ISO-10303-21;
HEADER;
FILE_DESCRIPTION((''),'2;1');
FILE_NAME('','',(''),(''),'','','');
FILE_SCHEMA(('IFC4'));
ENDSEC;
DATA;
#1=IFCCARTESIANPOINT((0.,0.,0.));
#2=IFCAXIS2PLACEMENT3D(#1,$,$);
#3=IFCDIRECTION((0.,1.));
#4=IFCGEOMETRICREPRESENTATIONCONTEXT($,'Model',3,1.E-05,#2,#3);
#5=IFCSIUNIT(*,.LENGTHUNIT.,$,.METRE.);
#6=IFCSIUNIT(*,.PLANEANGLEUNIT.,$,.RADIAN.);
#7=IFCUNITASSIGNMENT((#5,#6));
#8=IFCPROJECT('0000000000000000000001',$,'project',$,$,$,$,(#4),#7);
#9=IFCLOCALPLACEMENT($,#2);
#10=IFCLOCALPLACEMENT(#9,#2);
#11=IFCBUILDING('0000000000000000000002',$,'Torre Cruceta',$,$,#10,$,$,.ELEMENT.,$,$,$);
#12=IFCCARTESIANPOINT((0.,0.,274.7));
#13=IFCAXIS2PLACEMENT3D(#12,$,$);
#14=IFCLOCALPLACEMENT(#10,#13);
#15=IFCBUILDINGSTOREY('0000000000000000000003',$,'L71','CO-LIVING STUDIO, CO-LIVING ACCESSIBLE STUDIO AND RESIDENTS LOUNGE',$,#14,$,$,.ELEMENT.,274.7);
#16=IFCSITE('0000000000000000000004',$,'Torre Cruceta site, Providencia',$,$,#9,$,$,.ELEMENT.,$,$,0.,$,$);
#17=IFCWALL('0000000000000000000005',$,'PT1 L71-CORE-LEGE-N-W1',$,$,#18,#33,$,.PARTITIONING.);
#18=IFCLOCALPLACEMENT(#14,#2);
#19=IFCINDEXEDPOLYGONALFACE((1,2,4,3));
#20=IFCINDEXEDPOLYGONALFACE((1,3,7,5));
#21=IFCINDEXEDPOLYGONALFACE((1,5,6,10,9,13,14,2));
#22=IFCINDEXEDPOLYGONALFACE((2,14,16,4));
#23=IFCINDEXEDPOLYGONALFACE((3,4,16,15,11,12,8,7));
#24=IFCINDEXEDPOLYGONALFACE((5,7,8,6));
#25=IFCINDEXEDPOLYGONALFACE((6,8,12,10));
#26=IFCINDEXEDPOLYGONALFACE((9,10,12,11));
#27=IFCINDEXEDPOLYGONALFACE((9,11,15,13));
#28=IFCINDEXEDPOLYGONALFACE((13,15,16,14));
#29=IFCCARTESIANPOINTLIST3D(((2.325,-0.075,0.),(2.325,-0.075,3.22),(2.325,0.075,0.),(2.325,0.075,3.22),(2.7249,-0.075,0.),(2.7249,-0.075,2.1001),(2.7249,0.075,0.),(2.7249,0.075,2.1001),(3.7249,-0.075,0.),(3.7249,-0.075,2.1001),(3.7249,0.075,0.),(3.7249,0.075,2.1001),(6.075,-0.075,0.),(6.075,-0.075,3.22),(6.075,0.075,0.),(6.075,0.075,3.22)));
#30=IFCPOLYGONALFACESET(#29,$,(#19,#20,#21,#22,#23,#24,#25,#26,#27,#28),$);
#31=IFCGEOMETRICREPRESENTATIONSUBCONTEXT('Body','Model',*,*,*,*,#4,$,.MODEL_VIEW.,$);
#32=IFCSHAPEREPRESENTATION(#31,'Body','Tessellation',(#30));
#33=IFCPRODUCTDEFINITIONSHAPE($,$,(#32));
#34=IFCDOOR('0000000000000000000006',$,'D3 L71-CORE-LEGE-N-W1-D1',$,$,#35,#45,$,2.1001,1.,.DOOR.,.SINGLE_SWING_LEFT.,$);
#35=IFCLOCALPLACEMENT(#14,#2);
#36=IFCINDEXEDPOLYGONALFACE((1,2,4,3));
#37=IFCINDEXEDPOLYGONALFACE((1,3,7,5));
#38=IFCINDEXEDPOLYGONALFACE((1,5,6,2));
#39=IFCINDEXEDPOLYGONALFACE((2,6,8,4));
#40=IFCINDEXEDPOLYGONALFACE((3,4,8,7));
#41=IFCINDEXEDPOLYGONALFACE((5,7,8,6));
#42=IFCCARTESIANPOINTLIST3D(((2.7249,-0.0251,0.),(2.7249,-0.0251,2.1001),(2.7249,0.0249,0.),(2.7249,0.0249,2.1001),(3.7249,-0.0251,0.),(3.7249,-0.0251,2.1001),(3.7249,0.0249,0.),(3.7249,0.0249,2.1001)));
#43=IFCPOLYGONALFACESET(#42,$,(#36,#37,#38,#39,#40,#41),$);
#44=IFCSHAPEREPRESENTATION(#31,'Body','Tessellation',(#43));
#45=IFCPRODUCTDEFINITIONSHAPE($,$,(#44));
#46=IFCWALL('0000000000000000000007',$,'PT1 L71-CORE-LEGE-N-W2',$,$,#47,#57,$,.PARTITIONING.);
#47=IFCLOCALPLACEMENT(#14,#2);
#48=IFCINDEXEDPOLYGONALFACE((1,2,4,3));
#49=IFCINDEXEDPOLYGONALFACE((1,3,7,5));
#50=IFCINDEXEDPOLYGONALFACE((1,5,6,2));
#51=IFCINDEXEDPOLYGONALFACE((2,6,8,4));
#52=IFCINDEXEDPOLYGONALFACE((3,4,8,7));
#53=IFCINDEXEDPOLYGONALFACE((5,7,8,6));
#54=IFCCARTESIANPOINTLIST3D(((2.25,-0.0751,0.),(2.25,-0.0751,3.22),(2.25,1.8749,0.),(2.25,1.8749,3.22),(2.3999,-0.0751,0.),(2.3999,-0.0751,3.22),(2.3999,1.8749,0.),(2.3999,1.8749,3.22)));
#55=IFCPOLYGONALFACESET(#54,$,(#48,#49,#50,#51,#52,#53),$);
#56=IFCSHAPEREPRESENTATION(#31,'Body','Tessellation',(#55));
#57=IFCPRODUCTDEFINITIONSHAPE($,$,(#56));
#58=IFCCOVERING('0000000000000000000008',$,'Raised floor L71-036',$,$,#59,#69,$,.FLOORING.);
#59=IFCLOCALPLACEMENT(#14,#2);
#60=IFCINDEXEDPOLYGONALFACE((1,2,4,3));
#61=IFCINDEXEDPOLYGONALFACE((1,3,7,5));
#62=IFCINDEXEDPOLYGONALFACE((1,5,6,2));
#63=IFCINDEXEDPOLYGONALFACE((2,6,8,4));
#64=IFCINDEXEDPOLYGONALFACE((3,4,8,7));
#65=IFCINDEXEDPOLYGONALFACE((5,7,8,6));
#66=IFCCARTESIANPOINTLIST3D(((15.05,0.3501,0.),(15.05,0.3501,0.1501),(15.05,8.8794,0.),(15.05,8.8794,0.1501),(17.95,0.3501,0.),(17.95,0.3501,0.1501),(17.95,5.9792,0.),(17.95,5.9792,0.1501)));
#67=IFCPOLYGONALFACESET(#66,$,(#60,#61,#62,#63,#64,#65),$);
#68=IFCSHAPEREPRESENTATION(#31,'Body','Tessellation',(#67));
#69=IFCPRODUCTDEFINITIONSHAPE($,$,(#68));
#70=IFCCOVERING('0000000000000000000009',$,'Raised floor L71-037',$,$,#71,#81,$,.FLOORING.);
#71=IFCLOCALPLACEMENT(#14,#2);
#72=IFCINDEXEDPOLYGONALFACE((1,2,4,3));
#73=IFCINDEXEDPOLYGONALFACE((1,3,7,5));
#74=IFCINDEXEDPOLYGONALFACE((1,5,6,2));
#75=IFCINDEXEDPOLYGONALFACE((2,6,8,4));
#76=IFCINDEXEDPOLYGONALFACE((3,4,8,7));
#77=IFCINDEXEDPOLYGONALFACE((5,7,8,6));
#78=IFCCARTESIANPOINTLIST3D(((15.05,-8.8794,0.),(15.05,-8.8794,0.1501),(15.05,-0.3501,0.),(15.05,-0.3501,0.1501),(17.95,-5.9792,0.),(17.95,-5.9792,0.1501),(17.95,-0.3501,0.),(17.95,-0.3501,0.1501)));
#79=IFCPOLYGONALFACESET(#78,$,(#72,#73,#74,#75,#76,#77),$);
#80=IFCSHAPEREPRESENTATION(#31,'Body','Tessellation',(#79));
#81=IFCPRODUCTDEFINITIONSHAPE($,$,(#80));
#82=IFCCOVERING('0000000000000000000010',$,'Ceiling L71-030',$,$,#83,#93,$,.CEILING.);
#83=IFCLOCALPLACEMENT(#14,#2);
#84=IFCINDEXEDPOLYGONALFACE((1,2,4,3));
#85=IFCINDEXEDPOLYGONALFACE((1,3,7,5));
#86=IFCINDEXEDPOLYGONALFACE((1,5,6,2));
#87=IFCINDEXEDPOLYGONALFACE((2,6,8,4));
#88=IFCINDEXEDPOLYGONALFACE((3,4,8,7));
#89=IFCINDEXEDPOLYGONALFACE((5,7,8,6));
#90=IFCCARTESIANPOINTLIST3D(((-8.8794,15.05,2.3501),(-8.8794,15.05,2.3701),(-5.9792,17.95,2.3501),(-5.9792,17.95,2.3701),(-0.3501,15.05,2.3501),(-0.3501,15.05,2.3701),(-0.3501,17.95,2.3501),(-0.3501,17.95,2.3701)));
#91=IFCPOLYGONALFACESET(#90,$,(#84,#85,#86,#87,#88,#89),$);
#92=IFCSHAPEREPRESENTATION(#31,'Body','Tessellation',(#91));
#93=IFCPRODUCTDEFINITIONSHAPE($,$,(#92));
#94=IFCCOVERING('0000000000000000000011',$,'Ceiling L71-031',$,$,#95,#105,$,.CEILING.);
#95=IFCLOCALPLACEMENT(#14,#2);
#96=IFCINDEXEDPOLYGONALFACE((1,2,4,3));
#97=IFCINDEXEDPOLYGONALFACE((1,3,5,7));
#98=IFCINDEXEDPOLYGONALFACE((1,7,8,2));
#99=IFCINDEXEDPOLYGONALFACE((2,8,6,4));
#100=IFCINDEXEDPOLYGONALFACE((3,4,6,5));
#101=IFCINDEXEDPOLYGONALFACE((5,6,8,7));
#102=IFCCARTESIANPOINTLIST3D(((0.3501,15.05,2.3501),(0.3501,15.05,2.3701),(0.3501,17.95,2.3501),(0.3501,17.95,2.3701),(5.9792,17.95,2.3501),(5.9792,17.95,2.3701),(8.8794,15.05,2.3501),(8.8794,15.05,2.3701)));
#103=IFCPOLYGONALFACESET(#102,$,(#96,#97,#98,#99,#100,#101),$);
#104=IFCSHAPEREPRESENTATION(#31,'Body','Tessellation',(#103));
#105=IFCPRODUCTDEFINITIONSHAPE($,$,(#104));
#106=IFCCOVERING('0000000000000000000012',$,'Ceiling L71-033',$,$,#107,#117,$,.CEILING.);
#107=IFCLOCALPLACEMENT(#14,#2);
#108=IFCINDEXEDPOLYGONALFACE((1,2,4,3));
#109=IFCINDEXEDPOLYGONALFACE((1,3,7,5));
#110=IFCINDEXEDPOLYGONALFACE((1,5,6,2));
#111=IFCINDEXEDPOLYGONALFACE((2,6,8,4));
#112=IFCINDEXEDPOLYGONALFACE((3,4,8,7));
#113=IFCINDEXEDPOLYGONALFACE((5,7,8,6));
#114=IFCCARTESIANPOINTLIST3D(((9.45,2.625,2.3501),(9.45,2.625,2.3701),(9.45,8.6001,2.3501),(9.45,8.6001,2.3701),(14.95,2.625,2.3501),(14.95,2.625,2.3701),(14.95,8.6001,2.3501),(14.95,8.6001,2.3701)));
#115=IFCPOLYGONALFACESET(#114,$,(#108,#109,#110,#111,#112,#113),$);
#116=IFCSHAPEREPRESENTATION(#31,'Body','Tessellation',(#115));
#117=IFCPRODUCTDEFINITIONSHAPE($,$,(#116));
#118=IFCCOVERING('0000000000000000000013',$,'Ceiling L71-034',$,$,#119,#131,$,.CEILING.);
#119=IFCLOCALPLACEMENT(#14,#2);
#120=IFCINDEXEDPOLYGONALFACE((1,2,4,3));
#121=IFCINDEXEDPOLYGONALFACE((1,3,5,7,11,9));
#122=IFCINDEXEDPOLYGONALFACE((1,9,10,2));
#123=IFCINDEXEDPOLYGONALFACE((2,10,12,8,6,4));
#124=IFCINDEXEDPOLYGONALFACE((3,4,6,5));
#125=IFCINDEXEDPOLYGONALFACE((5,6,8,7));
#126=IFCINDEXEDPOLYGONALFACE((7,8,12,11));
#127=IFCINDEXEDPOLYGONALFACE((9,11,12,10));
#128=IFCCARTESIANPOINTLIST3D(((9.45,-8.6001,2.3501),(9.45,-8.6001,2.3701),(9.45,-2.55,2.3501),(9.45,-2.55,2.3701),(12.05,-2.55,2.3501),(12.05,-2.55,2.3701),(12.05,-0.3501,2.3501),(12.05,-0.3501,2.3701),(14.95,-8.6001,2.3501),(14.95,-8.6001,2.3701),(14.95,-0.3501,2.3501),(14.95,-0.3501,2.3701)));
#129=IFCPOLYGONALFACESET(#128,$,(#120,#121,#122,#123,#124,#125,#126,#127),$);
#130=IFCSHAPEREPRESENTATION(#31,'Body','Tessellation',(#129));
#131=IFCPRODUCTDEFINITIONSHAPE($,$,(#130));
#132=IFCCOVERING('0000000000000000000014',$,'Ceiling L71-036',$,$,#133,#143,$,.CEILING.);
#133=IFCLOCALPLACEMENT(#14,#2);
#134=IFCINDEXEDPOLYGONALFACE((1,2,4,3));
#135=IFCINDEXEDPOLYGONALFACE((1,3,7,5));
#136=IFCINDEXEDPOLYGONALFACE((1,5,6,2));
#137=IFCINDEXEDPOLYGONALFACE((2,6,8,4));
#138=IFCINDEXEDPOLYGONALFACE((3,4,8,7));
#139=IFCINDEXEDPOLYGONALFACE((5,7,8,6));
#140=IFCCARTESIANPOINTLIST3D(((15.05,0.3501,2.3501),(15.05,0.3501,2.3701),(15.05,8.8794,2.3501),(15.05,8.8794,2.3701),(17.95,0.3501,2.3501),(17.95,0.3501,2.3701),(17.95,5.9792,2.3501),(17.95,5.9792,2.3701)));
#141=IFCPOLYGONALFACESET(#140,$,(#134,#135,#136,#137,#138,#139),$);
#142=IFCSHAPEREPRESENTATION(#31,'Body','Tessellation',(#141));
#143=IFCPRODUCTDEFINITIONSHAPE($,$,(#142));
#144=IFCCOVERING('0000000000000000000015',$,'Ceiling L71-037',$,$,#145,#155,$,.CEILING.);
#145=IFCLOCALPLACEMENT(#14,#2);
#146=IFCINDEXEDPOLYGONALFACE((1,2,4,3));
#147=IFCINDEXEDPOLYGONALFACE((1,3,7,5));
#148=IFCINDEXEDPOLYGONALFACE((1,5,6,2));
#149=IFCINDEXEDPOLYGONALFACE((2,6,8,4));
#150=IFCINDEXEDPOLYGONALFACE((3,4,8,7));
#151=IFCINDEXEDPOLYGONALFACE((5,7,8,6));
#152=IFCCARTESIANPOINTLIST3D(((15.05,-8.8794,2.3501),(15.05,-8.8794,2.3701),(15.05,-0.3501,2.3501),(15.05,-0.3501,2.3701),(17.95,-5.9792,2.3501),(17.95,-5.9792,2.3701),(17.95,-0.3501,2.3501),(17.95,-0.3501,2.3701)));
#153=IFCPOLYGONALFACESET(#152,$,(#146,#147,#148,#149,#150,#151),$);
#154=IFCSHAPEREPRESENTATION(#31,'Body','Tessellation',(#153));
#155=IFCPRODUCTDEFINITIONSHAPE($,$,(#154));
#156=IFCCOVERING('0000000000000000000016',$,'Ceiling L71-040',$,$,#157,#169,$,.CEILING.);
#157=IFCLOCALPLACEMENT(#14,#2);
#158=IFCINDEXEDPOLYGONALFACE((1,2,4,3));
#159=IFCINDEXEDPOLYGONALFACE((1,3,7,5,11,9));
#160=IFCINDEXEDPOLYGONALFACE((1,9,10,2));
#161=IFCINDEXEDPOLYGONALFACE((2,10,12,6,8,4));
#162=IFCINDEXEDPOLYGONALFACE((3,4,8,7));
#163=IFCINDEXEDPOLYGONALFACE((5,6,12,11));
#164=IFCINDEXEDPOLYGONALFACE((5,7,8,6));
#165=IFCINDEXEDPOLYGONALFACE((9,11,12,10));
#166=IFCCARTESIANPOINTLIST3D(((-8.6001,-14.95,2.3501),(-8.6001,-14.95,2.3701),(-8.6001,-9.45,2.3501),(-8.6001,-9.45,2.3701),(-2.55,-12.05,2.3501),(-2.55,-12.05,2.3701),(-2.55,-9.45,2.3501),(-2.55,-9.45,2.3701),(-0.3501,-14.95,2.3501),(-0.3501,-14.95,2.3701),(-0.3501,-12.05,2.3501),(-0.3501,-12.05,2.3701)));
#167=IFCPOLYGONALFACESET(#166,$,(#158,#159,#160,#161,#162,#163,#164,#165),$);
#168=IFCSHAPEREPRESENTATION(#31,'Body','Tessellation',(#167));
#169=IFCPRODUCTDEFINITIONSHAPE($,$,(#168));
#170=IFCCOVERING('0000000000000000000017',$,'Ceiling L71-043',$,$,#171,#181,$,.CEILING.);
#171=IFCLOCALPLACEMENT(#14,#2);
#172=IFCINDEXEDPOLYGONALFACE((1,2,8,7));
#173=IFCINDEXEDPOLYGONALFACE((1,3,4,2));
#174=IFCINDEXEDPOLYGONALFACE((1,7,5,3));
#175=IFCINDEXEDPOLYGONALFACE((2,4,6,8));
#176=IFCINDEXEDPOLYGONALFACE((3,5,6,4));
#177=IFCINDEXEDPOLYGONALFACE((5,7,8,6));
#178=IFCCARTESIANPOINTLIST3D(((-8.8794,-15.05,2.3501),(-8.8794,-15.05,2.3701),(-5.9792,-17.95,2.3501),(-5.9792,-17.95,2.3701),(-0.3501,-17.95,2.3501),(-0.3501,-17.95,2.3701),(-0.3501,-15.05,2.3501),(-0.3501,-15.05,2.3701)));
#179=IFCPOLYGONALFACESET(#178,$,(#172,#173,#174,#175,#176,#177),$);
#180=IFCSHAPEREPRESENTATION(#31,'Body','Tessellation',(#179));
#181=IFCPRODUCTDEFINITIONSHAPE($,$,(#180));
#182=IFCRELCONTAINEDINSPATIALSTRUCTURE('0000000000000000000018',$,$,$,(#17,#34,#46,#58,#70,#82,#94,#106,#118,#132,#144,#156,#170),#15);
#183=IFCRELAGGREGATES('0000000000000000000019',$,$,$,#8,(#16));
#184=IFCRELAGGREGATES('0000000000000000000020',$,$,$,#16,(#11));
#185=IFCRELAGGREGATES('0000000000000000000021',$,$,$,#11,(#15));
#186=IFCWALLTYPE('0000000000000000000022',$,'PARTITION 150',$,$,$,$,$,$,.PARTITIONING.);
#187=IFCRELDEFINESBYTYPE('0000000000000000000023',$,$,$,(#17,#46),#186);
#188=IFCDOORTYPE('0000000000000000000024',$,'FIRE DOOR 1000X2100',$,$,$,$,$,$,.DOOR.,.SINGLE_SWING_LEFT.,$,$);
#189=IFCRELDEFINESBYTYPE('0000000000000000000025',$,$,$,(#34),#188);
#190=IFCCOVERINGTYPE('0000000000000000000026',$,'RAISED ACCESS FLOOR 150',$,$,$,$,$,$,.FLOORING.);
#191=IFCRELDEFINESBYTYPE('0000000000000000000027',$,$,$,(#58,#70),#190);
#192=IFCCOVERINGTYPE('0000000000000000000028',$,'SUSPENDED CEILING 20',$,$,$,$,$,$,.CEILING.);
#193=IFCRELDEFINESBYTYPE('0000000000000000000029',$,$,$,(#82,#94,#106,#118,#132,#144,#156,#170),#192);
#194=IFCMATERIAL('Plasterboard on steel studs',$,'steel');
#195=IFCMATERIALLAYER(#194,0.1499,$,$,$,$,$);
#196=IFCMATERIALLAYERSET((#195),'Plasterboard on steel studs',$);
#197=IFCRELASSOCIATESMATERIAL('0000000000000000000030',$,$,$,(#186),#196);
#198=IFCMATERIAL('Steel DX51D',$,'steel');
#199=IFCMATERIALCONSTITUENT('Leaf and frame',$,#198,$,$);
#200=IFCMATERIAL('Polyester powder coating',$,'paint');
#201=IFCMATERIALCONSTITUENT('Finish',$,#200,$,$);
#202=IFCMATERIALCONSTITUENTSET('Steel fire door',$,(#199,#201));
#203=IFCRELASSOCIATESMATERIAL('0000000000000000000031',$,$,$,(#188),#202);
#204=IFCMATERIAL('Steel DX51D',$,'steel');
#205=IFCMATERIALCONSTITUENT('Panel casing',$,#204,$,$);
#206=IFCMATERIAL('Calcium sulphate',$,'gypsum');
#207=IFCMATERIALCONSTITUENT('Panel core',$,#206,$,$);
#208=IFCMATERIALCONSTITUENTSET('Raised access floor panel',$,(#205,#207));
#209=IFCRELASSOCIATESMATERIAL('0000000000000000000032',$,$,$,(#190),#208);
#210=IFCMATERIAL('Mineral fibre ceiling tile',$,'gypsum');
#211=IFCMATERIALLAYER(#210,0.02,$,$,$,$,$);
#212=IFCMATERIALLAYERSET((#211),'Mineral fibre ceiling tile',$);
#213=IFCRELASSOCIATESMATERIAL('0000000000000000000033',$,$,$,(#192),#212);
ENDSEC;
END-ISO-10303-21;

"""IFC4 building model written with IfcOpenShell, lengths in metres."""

from ifc_helpers import new_model, si_unit, direction, frame, frame_2d, origin, place, context, subcontext, project, spatial, polyline, rectangle, outline, extrude, material, layer, layer_set, constituent, constituent_set, type_object, element, fill, save


model = new_model("IFC4")

# Units and contexts
model_context = context("Model", 3, precision=1e-05, world=origin(), true_north=direction((0.0, 1.0)))
body_context = subcontext(model_context, "Body", "Model", "MODEL_VIEW")
ifc_project = project(units=[si_unit("LENGTHUNIT", "METRE"), si_unit("PLANEANGLEUNIT", "RADIAN")], contexts=[model_context])

# Site, building, storey
site_placement = place(None, origin())
site = spatial("IfcSite", under=ifc_project, at=site_placement, Name="Torre Cruceta site, Providencia", CompositionType="ELEMENT", RefElevation=0.0)
building_placement = place(site_placement, origin())
building = spatial("IfcBuilding", under=site, at=building_placement, Name="Torre Cruceta", CompositionType="ELEMENT")
storey_placement = place(building_placement, frame((0.0, 0.0, 274.7)))
storey = spatial("IfcBuildingStorey", under=building, at=storey_placement, Name="L71", Description="CO-LIVING STUDIO, CO-LIVING ACCESSIBLE STUDIO AND RESIDENTS LOUNGE", CompositionType="ELEMENT", Elevation=274.7)

# Wall, opening, door
ifc_material_1 = material(Name="Plasterboard on steel studs", Category="steel")
ifc_layer_1 = layer(ifc_material_1, 0.1499)
ifc_layer_set_1 = layer_set([ifc_layer_1], Name="Plasterboard on steel studs")
wall_type_1 = type_object("IfcWallType", Name="PARTITION 150", PredefinedType="PARTITIONING", material=ifc_layer_set_1)
wall_1_placement = place(storey_placement, frame((2.325, 0.0, 0.0), z_axis=(0.0, 0.0, 1.0), x_axis=(1.0, 0.0, 0.0)))
wall_1 = element("IfcWall", 1, at=wall_1_placement, inside=storey, type_object=wall_type_1, Name="PT1 L71-CORE-LEGE-N-W1", PredefinedType="PARTITIONING", context=body_context, shape_type="SweptSolid", body=[
    extrude(rectangle(XDim=3.75, YDim=0.1499, at=frame_2d((1.875, 0.0))), origin(), (0.0, 0.0, 1.0), 3.22),
])
opening_1_placement = place(wall_1_placement, frame((0.3999, 0.0, 0.0)))
opening_1 = element("IfcOpeningElement", 2, at=opening_1_placement, cuts=wall_1, PredefinedType="OPENING", context=body_context, shape_type="SweptSolid", body=[
    extrude(rectangle(XDim=1.0, YDim=2.1001, at=frame_2d((0.5, 1.05))), frame((0.0, 0.085, 0.0), z_axis=(0.0, -1.0, 0.0), x_axis=(1.0, 0.0, 0.0)), (0.0, 0.0, 1.0), 0.1699),
])
ifc_material_2 = material(Name="Steel DX51D", Category="steel")
ifc_constituent_1 = constituent(ifc_material_2, Name="Leaf and frame")
ifc_material_3 = material(Name="Polyester powder coating", Category="paint")
ifc_constituent_2 = constituent(ifc_material_3, Name="Finish")
ifc_constituent_set_1 = constituent_set(constituents=[ifc_constituent_1, ifc_constituent_2], Name="Steel fire door")
door_type_1 = type_object("IfcDoorType", Name="FIRE DOOR 1000X2100", OperationType="SINGLE_SWING_LEFT", PredefinedType="DOOR", material=ifc_constituent_set_1)
door_1_placement = place(opening_1_placement, origin())
door_1 = element("IfcDoor", 3, at=door_1_placement, inside=storey, type_object=door_type_1, Name="D3 L71-CORE-LEGE-N-W1-D1", OperationType="SINGLE_SWING_LEFT", OverallHeight=2.1001, OverallWidth=1.0, PredefinedType="DOOR", context=body_context, shape_type="SweptSolid", body=[
    extrude(rectangle(XDim=1.0, YDim=2.1001, at=frame_2d((0.5, 1.05))), frame((0.0, 0.0249, 0.0), z_axis=(0.0, -1.0, 0.0), x_axis=(1.0, 0.0, 0.0)), (0.0, 0.0, 1.0), 0.05),
])
fill(opening_1, door_1)

# Wall
wall_2_placement = place(storey_placement, frame((2.325, 1.875, 0.0), z_axis=(0.0, 0.0, 1.0), x_axis=(0.0, -1.0, 0.0)))
element("IfcWall", 4, at=wall_2_placement, inside=storey, type_object=wall_type_1, Name="PT1 L71-CORE-LEGE-N-W2", PredefinedType="PARTITIONING", context=body_context, shape_type="SweptSolid", body=[
    extrude(rectangle(XDim=1.95, YDim=0.1499, at=frame_2d((0.9751, 0.0))), origin(), (0.0, 0.0, 1.0), 3.22),
])

# Coverings
ifc_material_4 = material(Name="Steel DX51D", Category="steel")
ifc_constituent_3 = constituent(ifc_material_4, Name="Panel casing")
ifc_material_5 = material(Name="Calcium sulphate", Category="gypsum")
ifc_constituent_4 = constituent(ifc_material_5, Name="Panel core")
ifc_constituent_set_2 = constituent_set(constituents=[ifc_constituent_3, ifc_constituent_4], Name="Raised access floor panel")
covering_type_1 = type_object("IfcCoveringType", Name="RAISED ACCESS FLOOR 150", PredefinedType="FLOORING", material=ifc_constituent_set_2)
covering_1_placement = place(storey_placement, origin())
element("IfcCovering", 5, at=covering_1_placement, inside=storey, type_object=covering_type_1, Name="Raised floor L71-036", PredefinedType="FLOORING", context=body_context, shape_type="SweptSolid", body=[
    extrude(outline(polyline([(17.95, 5.9792), (17.95, 0.3501), (15.05, 0.3501), (15.05, 8.8794), (17.95, 5.9792)])), origin(), (0.0, 0.0, 1.0), 0.1501),
])
covering_2_placement = place(storey_placement, origin())
element("IfcCovering", 6, at=covering_2_placement, inside=storey, type_object=covering_type_1, Name="Raised floor L71-037", PredefinedType="FLOORING", context=body_context, shape_type="SweptSolid", body=[
    extrude(outline(polyline([(15.05, -8.8794), (15.05, -0.3501), (17.95, -0.3501), (17.95, -5.9792), (15.05, -8.8794)])), origin(), (0.0, 0.0, 1.0), 0.1501),
])
ifc_material_6 = material(Name="Mineral fibre ceiling tile", Category="gypsum")
ifc_layer_2 = layer(ifc_material_6, 0.02)
ifc_layer_set_2 = layer_set([ifc_layer_2], Name="Mineral fibre ceiling tile")
covering_type_2 = type_object("IfcCoveringType", Name="SUSPENDED CEILING 20", PredefinedType="CEILING", material=ifc_layer_set_2)
covering_3_placement = place(storey_placement, frame((0.0, 0.0, 2.3501)))
element("IfcCovering", 7, at=covering_3_placement, inside=storey, type_object=covering_type_2, Name="Ceiling L71-030", PredefinedType="CEILING", context=body_context, shape_type="SweptSolid", body=[
    extrude(outline(polyline([(-5.9792, 17.95), (-0.3501, 17.95), (-0.3501, 15.05), (-8.8794, 15.05), (-5.9792, 17.95)])), origin(), (0.0, 0.0, 1.0), 0.02),
])
covering_4_placement = place(storey_placement, frame((0.0, 0.0, 2.3501)))
element("IfcCovering", 8, at=covering_4_placement, inside=storey, type_object=covering_type_2, Name="Ceiling L71-031", PredefinedType="CEILING", context=body_context, shape_type="SweptSolid", body=[
    extrude(outline(polyline([(8.8794, 15.05), (0.3501, 15.05), (0.3501, 17.95), (5.9792, 17.95), (8.8794, 15.05)])), origin(), (0.0, 0.0, 1.0), 0.02),
])
covering_5_placement = place(storey_placement, frame((0.0, 0.0, 2.3501)))
element("IfcCovering", 9, at=covering_5_placement, inside=storey, type_object=covering_type_2, Name="Ceiling L71-033", PredefinedType="CEILING", context=body_context, shape_type="SweptSolid", body=[
    extrude(outline(polyline([(9.45, 2.625), (9.45, 8.6001), (14.95, 8.6001), (14.95, 2.625), (9.45, 2.625)])), origin(), (0.0, 0.0, 1.0), 0.02),
])
covering_6_placement = place(storey_placement, frame((0.0, 0.0, 2.3501)))
element("IfcCovering", 10, at=covering_6_placement, inside=storey, type_object=covering_type_2, Name="Ceiling L71-034", PredefinedType="CEILING", context=body_context, shape_type="SweptSolid", body=[
    extrude(outline(polyline([(14.95, -0.3501), (14.95, -8.6001), (9.45, -8.6001), (9.45, -2.55), (12.05, -2.55), (12.05, -0.3501), (14.95, -0.3501)])), origin(), (0.0, 0.0, 1.0), 0.02),
])
covering_7_placement = place(storey_placement, frame((0.0, 0.0, 2.3501)))
element("IfcCovering", 11, at=covering_7_placement, inside=storey, type_object=covering_type_2, Name="Ceiling L71-036", PredefinedType="CEILING", context=body_context, shape_type="SweptSolid", body=[
    extrude(outline(polyline([(17.95, 5.9792), (17.95, 0.3501), (15.05, 0.3501), (15.05, 8.8794), (17.95, 5.9792)])), origin(), (0.0, 0.0, 1.0), 0.02),
])
covering_8_placement = place(storey_placement, frame((0.0, 0.0, 2.3501)))
element("IfcCovering", 12, at=covering_8_placement, inside=storey, type_object=covering_type_2, Name="Ceiling L71-037", PredefinedType="CEILING", context=body_context, shape_type="SweptSolid", body=[
    extrude(outline(polyline([(15.05, -8.8794), (15.05, -0.3501), (17.95, -0.3501), (17.95, -5.9792), (15.05, -8.8794)])), origin(), (0.0, 0.0, 1.0), 0.02),
])
covering_9_placement = place(storey_placement, frame((0.0, 0.0, 2.3501)))
element("IfcCovering", 13, at=covering_9_placement, inside=storey, type_object=covering_type_2, Name="Ceiling L71-040", PredefinedType="CEILING", context=body_context, shape_type="SweptSolid", body=[
    extrude(outline(polyline([(-0.3501, -14.95), (-8.6001, -14.95), (-8.6001, -9.45), (-2.55, -9.45), (-2.55, -12.05), (-0.3501, -12.05), (-0.3501, -14.95)])), origin(), (0.0, 0.0, 1.0), 0.02),
])
covering_10_placement = place(storey_placement, frame((0.0, 0.0, 2.3501)))
element("IfcCovering", 14, at=covering_10_placement, inside=storey, type_object=covering_type_2, Name="Ceiling L71-043", PredefinedType="CEILING", context=body_context, shape_type="SweptSolid", body=[
    extrude(outline(polyline([(-8.8794, -15.05), (-0.3501, -15.05), (-0.3501, -17.95), (-5.9792, -17.95), (-8.8794, -15.05)])), origin(), (0.0, 0.0, 1.0), 0.02),
])

save(model, "model.ifc")
